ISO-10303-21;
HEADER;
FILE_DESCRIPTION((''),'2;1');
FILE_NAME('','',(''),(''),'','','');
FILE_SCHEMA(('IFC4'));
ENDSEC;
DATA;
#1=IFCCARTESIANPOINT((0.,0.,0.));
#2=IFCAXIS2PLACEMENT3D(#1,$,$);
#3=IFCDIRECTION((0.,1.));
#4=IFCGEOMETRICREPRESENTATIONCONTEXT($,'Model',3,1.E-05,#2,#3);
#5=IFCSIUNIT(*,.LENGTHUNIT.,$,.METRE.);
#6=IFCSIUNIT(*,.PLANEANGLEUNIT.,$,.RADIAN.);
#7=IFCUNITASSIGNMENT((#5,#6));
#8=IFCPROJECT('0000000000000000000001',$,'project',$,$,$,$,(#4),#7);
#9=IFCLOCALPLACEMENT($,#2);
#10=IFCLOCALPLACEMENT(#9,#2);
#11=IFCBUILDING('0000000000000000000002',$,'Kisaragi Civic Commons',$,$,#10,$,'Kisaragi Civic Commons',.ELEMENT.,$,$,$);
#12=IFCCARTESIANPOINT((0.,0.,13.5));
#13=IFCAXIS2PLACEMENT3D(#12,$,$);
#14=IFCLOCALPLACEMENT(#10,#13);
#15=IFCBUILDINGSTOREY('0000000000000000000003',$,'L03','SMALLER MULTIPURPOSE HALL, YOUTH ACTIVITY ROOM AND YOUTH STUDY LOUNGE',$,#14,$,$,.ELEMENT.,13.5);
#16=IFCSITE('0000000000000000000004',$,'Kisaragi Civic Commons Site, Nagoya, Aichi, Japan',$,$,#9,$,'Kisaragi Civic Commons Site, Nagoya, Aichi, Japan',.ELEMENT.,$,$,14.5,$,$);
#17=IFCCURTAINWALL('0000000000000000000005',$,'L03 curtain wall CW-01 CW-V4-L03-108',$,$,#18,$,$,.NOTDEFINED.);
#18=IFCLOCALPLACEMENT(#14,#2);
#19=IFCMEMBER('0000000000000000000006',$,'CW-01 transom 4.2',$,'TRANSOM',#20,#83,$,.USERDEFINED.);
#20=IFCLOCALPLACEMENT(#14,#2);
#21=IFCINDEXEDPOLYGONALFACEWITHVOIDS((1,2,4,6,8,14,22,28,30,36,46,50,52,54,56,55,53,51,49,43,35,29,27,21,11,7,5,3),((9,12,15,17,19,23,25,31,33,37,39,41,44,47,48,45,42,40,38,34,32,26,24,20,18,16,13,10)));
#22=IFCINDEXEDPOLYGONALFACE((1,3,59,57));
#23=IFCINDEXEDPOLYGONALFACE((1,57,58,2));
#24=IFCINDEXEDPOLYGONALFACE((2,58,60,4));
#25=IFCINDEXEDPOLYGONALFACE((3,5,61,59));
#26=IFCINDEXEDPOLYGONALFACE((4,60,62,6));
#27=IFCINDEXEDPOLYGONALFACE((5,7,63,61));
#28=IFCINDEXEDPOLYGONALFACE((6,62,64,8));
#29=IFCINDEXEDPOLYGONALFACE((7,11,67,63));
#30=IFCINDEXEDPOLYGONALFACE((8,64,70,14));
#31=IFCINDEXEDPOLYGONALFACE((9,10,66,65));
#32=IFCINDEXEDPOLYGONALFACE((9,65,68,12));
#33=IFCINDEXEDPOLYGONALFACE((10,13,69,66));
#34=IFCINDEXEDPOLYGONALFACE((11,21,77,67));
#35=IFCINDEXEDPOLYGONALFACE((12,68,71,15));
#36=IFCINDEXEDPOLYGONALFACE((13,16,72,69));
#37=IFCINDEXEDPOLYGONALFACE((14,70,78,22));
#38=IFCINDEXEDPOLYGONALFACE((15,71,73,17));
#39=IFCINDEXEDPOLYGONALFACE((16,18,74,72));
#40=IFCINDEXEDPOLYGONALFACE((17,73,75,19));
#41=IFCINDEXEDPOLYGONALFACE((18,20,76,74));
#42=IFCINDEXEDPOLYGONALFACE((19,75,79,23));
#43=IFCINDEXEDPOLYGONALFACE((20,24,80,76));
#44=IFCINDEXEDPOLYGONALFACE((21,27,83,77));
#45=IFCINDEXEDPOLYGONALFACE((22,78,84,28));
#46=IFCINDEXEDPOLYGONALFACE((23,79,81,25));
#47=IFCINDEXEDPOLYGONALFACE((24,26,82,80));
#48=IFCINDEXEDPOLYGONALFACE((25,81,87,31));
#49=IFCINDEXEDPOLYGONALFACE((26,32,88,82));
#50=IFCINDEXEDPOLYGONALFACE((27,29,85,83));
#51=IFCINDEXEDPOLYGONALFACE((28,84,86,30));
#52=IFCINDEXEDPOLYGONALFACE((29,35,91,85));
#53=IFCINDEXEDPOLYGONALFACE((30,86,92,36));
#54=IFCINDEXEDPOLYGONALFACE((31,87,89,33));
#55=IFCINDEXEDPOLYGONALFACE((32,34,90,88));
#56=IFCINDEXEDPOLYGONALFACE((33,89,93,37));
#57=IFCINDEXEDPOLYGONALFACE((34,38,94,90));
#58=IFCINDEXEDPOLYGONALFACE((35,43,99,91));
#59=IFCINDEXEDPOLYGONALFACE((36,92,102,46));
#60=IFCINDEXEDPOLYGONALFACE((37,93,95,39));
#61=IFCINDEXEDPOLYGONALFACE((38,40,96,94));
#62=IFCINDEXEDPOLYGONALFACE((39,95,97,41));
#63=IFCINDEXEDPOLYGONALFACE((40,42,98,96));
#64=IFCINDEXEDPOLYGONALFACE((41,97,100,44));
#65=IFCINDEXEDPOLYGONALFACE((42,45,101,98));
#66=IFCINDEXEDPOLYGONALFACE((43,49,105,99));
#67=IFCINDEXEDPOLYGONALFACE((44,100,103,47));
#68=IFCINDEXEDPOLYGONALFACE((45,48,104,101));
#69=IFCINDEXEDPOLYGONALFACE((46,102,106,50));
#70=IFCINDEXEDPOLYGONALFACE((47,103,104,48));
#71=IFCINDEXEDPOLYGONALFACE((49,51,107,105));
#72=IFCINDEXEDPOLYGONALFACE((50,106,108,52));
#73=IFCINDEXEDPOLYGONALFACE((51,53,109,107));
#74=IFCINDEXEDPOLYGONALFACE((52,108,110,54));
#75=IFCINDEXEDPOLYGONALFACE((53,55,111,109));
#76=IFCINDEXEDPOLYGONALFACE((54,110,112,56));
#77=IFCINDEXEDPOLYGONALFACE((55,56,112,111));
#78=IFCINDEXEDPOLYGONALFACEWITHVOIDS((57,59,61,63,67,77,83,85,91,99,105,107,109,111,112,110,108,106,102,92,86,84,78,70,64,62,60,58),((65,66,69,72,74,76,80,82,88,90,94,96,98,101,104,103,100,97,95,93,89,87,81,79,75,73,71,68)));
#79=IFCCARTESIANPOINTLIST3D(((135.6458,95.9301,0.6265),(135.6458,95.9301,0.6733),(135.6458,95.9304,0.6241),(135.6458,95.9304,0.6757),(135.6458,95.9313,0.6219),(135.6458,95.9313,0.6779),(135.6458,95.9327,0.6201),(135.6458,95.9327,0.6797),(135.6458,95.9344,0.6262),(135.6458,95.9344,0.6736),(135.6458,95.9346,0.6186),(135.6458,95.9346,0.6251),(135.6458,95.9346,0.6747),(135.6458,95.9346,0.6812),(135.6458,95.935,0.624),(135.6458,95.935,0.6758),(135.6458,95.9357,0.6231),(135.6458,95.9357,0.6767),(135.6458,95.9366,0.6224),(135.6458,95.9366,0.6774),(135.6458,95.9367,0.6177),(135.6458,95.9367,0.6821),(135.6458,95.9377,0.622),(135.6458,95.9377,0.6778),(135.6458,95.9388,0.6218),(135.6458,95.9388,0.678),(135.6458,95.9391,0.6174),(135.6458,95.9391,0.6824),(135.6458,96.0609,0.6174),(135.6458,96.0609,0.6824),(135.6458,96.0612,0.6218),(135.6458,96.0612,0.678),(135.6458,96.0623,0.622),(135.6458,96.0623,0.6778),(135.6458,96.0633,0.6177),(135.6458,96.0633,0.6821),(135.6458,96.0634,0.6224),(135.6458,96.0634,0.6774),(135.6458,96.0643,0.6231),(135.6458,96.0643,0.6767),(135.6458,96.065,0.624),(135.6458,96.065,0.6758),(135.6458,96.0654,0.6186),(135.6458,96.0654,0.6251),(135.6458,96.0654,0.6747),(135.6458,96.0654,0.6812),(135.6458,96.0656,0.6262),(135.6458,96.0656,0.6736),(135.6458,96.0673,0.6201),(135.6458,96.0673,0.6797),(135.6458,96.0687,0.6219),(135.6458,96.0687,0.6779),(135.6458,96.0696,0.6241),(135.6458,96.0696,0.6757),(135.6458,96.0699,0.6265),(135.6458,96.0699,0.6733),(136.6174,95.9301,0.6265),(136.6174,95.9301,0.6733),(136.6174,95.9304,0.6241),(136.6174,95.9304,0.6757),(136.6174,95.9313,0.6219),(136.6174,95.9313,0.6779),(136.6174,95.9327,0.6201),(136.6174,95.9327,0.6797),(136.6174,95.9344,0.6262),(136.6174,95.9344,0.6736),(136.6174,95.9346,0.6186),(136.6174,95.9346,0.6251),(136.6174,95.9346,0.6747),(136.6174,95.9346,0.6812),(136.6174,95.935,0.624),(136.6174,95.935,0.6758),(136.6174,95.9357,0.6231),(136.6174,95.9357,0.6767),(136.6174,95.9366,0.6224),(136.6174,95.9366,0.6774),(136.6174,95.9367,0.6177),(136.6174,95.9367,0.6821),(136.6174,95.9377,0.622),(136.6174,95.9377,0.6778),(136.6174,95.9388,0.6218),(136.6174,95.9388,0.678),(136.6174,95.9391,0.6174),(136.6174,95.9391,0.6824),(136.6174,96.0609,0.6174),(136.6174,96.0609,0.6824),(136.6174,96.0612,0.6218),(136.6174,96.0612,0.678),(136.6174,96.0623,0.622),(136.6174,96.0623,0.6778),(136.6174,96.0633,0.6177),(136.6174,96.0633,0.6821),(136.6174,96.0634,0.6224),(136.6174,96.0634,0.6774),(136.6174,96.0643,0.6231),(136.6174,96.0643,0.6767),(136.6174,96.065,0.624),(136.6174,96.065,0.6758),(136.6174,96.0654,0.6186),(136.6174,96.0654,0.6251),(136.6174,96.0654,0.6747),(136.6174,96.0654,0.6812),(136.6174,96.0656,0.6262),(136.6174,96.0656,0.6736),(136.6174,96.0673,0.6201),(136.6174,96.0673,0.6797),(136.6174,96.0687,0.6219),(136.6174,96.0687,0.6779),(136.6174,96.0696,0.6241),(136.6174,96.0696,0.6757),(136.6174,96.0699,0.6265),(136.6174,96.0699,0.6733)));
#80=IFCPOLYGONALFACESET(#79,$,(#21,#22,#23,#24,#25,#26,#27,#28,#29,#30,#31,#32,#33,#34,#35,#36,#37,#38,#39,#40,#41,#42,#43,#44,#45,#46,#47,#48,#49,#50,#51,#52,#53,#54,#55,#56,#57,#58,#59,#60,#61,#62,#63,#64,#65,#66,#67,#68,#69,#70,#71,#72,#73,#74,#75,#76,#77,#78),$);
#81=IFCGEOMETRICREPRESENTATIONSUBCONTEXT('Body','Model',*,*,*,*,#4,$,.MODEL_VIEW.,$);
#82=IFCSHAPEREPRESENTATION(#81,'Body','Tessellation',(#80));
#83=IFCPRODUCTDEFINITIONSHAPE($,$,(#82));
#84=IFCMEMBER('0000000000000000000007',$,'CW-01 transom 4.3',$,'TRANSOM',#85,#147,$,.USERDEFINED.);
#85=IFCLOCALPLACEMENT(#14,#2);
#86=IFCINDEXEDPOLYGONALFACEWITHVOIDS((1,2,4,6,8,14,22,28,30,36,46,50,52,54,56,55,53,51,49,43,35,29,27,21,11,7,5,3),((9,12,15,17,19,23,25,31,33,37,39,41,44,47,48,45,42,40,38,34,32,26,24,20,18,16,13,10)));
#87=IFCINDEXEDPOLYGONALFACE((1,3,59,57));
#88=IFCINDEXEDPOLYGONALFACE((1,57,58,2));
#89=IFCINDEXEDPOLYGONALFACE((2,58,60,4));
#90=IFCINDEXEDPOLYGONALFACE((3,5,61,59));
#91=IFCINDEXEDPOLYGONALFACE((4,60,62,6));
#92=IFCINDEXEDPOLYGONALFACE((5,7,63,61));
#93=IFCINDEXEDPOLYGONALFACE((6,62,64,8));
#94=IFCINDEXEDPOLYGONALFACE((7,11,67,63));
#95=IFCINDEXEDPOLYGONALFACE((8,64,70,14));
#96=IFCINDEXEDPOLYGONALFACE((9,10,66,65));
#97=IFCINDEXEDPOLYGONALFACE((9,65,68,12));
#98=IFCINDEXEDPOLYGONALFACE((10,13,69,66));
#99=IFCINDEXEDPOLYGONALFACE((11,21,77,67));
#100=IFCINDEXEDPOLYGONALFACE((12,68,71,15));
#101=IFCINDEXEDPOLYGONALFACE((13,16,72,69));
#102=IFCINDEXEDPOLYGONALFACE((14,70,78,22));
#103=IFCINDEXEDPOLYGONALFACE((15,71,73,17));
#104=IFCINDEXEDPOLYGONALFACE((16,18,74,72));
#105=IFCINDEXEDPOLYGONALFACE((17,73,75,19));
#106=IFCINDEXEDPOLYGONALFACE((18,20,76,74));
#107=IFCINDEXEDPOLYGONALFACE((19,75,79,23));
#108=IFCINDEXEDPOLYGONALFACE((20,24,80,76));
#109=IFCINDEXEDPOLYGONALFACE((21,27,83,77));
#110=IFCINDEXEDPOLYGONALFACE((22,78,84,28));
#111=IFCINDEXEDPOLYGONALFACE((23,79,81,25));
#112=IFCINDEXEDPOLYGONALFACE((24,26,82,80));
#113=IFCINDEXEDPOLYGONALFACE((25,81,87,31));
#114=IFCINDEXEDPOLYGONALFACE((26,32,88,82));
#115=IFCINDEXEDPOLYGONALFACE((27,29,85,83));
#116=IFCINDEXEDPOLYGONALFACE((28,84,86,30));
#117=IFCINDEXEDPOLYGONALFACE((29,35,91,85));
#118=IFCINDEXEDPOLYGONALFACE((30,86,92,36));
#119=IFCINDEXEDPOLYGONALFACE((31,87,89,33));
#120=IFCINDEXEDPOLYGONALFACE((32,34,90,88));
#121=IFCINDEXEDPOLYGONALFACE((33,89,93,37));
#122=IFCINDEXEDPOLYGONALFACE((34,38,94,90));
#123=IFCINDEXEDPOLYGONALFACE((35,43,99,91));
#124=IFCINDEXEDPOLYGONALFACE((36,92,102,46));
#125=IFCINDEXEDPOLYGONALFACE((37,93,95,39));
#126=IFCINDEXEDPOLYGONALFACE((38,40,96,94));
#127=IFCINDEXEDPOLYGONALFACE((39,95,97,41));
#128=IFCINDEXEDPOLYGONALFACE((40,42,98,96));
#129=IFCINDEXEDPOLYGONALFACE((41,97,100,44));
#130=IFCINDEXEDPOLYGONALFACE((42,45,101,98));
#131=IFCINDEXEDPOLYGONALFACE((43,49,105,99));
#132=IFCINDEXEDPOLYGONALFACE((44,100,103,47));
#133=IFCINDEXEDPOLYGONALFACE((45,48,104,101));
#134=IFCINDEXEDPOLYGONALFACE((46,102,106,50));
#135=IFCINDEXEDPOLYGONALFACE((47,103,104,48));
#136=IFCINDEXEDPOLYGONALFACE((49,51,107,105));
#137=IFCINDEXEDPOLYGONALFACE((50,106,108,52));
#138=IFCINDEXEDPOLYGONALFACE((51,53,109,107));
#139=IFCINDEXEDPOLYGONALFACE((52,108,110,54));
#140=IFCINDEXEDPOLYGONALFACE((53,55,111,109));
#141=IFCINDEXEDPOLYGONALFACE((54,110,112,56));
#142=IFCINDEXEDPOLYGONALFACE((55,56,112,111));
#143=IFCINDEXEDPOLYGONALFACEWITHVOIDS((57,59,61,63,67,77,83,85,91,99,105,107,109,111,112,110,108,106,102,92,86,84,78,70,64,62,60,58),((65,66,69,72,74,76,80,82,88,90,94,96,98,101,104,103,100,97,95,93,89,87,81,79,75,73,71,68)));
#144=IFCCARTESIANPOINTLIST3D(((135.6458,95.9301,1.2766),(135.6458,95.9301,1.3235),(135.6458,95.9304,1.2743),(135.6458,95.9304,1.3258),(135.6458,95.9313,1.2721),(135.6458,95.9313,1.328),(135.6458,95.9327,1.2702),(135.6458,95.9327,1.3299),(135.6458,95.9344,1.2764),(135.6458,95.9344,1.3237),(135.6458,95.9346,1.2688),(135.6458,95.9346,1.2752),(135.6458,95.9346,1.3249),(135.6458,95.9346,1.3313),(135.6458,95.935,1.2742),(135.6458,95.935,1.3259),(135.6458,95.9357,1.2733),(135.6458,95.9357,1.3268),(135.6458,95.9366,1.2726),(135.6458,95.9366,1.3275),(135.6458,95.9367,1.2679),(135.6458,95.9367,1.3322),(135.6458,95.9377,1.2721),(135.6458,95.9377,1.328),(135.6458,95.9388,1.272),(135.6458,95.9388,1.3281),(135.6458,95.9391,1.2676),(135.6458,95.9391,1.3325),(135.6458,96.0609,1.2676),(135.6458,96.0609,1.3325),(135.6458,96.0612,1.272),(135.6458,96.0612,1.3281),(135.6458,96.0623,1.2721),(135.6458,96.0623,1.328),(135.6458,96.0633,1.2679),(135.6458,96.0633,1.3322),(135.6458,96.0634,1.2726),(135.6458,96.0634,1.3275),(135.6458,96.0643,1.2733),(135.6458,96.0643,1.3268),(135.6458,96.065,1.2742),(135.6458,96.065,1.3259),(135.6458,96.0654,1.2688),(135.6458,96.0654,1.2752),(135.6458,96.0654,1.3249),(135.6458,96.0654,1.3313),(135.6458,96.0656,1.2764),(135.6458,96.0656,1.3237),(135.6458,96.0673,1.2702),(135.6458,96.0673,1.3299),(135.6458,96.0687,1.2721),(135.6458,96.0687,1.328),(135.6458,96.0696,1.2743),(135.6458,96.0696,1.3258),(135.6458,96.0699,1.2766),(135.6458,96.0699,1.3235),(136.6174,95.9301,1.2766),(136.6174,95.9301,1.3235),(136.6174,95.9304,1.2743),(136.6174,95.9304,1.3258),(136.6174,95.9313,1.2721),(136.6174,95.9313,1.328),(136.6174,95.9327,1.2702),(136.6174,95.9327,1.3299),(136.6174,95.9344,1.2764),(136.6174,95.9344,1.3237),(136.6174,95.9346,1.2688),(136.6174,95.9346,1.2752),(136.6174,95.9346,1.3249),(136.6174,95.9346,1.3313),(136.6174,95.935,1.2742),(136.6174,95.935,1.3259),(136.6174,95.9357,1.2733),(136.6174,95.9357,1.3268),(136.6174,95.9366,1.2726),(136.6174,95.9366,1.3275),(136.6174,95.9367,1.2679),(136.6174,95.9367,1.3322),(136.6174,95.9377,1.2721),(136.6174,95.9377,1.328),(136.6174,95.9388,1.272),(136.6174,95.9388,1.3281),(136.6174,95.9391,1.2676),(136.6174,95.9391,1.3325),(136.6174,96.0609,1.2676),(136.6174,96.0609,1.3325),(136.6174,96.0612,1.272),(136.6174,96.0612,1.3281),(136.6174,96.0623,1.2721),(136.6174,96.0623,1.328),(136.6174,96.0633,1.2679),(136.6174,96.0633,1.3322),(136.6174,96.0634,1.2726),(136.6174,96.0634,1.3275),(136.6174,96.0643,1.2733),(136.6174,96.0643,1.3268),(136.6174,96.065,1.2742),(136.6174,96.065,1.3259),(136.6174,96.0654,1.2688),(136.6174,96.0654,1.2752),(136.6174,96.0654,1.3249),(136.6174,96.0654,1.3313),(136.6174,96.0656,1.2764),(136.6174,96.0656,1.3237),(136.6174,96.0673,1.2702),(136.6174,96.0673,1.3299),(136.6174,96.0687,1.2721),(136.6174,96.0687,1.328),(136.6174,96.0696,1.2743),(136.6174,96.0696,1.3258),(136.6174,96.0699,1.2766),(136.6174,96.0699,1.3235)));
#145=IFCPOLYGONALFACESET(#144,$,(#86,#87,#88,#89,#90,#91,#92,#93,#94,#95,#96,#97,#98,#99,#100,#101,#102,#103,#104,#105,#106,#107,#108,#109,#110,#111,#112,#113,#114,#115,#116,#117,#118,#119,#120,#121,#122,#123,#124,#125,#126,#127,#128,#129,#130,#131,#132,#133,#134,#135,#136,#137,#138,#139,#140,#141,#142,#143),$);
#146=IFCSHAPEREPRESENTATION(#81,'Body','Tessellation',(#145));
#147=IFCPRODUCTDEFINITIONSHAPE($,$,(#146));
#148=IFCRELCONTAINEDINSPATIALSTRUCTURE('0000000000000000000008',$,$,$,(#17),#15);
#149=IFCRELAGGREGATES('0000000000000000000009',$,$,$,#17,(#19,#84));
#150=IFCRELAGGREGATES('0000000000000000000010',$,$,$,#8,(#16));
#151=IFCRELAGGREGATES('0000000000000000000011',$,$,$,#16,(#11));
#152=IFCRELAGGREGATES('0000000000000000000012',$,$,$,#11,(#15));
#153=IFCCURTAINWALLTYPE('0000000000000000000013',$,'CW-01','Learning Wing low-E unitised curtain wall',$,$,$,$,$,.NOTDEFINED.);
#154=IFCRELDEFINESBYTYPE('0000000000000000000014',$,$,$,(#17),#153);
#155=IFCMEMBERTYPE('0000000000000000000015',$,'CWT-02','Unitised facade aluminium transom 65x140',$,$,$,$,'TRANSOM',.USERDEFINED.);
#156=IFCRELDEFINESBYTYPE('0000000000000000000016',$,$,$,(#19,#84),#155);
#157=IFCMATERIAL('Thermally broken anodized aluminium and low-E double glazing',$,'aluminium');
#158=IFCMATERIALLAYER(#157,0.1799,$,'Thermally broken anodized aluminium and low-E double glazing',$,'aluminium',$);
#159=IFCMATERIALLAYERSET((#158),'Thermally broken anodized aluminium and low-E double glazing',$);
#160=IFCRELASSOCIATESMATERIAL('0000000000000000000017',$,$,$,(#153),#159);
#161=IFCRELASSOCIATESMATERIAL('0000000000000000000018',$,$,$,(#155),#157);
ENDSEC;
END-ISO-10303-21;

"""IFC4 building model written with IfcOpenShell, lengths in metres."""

from ifc_helpers import new_model, si_unit, direction, frame, origin, origin_2d, place, context, subcontext, project, spatial, hollow_rectangle, extrude, material, layer, layer_set, material_profile, profile_set, type_object, element, aggregate, save


model = new_model("IFC4")

# Units and contexts
model_context = context("Model", 3, precision=1e-05, world=origin(), true_north=direction((0.0, 1.0)))
body_context = subcontext(model_context, "Body", "Model", "MODEL_VIEW")
ifc_project = project(units=[si_unit("LENGTHUNIT", "METRE"), si_unit("PLANEANGLEUNIT", "RADIAN")], contexts=[model_context])

# Site, building, storey
site_placement = place(None, origin())
site = spatial("IfcSite", under=ifc_project, at=site_placement, Name="Kisaragi Civic Commons Site, Nagoya, Aichi, Japan", LongName="Kisaragi Civic Commons Site, Nagoya, Aichi, Japan", CompositionType="ELEMENT", RefElevation=14.5)
building_placement = place(site_placement, origin())
building = spatial("IfcBuilding", under=site, at=building_placement, Name="Kisaragi Civic Commons", LongName="Kisaragi Civic Commons", CompositionType="ELEMENT")
storey_placement = place(building_placement, frame((0.0, 0.0, 13.5)))
storey = spatial("IfcBuildingStorey", under=building, at=storey_placement, Name="L03", Description="SMALLER MULTIPURPOSE HALL, YOUTH ACTIVITY ROOM AND YOUTH STUDY LOUNGE", CompositionType="ELEMENT", Elevation=13.5)

# Curtain wall, members
ifc_material = material(Name="Thermally broken anodized aluminium and low-E double glazing", Category="aluminium")
ifc_layer_1 = layer(ifc_material, 0.1799, Name="Thermally broken anodized aluminium and low-E double glazing", Category="aluminium")
ifc_layer_set_1 = layer_set([ifc_layer_1], Name="Thermally broken anodized aluminium and low-E double glazing")
curtain_wall_type = type_object("IfcCurtainWallType", Name="CW-01", Description="Learning Wing low-E unitised curtain wall", PredefinedType="NOTDEFINED", material=ifc_layer_set_1)
curtain_wall_placement = place(storey_placement, origin())
curtain_wall = element("IfcCurtainWall", 1, at=curtain_wall_placement, inside=storey, type_object=curtain_wall_type, Name="L03 curtain wall CW-01 CW-V4-L03-108", PredefinedType="NOTDEFINED")
ifc_material_profile_1 = material_profile(ifc_material, hollow_rectangle(XDim=0.1399, YDim=0.0649, WallThickness=0.0044, InnerFilletRadius=0.0044, OuterFilletRadius=0.009, at=origin_2d()), Name="CWT-65x140x4.5", Category="aluminium")
ifc_profile_set_1 = profile_set([ifc_material_profile_1], Name="Thermally broken anodized aluminium and low-E double glazing")
member_type_1 = type_object("IfcMemberType", Name="CWT-02", Description="Unitised facade aluminium transom 65x140", ElementType="TRANSOM", PredefinedType="USERDEFINED", material=ifc_profile_set_1)
member_1_placement = place(storey_placement, frame((136.6174, 96.0, 0.6499), z_axis=(-1.0, 0.0, 0.0), x_axis=(0.0, -1.0, 0.0)))
member_1 = element("IfcMember", 2, at=member_1_placement, type_object=member_type_1, Name="CW-01 transom 4.2", ObjectType="TRANSOM", PredefinedType="USERDEFINED", context=body_context, shape_type="SweptSolid", body=[
    extrude(hollow_rectangle(XDim=0.1399, YDim=0.0649, WallThickness=0.0044, InnerFilletRadius=0.0044, OuterFilletRadius=0.009, at=origin_2d()), origin(), (0.0, 0.0, 1.0), 0.9717),
])
member_2_placement = place(storey_placement, frame((136.6174, 96.0, 1.3), z_axis=(-1.0, 0.0, 0.0), x_axis=(0.0, -1.0, 0.0)))
member_2 = element("IfcMember", 3, at=member_2_placement, type_object=member_type_1, Name="CW-01 transom 4.3", ObjectType="TRANSOM", PredefinedType="USERDEFINED", context=body_context, shape_type="SweptSolid", body=[
    extrude(hollow_rectangle(XDim=0.1399, YDim=0.0649, WallThickness=0.0044, InnerFilletRadius=0.0044, OuterFilletRadius=0.009, at=origin_2d()), origin(), (0.0, 0.0, 1.0), 0.9717),
])
aggregate(curtain_wall, [member_1, member_2])

save(model, "model.ifc")
